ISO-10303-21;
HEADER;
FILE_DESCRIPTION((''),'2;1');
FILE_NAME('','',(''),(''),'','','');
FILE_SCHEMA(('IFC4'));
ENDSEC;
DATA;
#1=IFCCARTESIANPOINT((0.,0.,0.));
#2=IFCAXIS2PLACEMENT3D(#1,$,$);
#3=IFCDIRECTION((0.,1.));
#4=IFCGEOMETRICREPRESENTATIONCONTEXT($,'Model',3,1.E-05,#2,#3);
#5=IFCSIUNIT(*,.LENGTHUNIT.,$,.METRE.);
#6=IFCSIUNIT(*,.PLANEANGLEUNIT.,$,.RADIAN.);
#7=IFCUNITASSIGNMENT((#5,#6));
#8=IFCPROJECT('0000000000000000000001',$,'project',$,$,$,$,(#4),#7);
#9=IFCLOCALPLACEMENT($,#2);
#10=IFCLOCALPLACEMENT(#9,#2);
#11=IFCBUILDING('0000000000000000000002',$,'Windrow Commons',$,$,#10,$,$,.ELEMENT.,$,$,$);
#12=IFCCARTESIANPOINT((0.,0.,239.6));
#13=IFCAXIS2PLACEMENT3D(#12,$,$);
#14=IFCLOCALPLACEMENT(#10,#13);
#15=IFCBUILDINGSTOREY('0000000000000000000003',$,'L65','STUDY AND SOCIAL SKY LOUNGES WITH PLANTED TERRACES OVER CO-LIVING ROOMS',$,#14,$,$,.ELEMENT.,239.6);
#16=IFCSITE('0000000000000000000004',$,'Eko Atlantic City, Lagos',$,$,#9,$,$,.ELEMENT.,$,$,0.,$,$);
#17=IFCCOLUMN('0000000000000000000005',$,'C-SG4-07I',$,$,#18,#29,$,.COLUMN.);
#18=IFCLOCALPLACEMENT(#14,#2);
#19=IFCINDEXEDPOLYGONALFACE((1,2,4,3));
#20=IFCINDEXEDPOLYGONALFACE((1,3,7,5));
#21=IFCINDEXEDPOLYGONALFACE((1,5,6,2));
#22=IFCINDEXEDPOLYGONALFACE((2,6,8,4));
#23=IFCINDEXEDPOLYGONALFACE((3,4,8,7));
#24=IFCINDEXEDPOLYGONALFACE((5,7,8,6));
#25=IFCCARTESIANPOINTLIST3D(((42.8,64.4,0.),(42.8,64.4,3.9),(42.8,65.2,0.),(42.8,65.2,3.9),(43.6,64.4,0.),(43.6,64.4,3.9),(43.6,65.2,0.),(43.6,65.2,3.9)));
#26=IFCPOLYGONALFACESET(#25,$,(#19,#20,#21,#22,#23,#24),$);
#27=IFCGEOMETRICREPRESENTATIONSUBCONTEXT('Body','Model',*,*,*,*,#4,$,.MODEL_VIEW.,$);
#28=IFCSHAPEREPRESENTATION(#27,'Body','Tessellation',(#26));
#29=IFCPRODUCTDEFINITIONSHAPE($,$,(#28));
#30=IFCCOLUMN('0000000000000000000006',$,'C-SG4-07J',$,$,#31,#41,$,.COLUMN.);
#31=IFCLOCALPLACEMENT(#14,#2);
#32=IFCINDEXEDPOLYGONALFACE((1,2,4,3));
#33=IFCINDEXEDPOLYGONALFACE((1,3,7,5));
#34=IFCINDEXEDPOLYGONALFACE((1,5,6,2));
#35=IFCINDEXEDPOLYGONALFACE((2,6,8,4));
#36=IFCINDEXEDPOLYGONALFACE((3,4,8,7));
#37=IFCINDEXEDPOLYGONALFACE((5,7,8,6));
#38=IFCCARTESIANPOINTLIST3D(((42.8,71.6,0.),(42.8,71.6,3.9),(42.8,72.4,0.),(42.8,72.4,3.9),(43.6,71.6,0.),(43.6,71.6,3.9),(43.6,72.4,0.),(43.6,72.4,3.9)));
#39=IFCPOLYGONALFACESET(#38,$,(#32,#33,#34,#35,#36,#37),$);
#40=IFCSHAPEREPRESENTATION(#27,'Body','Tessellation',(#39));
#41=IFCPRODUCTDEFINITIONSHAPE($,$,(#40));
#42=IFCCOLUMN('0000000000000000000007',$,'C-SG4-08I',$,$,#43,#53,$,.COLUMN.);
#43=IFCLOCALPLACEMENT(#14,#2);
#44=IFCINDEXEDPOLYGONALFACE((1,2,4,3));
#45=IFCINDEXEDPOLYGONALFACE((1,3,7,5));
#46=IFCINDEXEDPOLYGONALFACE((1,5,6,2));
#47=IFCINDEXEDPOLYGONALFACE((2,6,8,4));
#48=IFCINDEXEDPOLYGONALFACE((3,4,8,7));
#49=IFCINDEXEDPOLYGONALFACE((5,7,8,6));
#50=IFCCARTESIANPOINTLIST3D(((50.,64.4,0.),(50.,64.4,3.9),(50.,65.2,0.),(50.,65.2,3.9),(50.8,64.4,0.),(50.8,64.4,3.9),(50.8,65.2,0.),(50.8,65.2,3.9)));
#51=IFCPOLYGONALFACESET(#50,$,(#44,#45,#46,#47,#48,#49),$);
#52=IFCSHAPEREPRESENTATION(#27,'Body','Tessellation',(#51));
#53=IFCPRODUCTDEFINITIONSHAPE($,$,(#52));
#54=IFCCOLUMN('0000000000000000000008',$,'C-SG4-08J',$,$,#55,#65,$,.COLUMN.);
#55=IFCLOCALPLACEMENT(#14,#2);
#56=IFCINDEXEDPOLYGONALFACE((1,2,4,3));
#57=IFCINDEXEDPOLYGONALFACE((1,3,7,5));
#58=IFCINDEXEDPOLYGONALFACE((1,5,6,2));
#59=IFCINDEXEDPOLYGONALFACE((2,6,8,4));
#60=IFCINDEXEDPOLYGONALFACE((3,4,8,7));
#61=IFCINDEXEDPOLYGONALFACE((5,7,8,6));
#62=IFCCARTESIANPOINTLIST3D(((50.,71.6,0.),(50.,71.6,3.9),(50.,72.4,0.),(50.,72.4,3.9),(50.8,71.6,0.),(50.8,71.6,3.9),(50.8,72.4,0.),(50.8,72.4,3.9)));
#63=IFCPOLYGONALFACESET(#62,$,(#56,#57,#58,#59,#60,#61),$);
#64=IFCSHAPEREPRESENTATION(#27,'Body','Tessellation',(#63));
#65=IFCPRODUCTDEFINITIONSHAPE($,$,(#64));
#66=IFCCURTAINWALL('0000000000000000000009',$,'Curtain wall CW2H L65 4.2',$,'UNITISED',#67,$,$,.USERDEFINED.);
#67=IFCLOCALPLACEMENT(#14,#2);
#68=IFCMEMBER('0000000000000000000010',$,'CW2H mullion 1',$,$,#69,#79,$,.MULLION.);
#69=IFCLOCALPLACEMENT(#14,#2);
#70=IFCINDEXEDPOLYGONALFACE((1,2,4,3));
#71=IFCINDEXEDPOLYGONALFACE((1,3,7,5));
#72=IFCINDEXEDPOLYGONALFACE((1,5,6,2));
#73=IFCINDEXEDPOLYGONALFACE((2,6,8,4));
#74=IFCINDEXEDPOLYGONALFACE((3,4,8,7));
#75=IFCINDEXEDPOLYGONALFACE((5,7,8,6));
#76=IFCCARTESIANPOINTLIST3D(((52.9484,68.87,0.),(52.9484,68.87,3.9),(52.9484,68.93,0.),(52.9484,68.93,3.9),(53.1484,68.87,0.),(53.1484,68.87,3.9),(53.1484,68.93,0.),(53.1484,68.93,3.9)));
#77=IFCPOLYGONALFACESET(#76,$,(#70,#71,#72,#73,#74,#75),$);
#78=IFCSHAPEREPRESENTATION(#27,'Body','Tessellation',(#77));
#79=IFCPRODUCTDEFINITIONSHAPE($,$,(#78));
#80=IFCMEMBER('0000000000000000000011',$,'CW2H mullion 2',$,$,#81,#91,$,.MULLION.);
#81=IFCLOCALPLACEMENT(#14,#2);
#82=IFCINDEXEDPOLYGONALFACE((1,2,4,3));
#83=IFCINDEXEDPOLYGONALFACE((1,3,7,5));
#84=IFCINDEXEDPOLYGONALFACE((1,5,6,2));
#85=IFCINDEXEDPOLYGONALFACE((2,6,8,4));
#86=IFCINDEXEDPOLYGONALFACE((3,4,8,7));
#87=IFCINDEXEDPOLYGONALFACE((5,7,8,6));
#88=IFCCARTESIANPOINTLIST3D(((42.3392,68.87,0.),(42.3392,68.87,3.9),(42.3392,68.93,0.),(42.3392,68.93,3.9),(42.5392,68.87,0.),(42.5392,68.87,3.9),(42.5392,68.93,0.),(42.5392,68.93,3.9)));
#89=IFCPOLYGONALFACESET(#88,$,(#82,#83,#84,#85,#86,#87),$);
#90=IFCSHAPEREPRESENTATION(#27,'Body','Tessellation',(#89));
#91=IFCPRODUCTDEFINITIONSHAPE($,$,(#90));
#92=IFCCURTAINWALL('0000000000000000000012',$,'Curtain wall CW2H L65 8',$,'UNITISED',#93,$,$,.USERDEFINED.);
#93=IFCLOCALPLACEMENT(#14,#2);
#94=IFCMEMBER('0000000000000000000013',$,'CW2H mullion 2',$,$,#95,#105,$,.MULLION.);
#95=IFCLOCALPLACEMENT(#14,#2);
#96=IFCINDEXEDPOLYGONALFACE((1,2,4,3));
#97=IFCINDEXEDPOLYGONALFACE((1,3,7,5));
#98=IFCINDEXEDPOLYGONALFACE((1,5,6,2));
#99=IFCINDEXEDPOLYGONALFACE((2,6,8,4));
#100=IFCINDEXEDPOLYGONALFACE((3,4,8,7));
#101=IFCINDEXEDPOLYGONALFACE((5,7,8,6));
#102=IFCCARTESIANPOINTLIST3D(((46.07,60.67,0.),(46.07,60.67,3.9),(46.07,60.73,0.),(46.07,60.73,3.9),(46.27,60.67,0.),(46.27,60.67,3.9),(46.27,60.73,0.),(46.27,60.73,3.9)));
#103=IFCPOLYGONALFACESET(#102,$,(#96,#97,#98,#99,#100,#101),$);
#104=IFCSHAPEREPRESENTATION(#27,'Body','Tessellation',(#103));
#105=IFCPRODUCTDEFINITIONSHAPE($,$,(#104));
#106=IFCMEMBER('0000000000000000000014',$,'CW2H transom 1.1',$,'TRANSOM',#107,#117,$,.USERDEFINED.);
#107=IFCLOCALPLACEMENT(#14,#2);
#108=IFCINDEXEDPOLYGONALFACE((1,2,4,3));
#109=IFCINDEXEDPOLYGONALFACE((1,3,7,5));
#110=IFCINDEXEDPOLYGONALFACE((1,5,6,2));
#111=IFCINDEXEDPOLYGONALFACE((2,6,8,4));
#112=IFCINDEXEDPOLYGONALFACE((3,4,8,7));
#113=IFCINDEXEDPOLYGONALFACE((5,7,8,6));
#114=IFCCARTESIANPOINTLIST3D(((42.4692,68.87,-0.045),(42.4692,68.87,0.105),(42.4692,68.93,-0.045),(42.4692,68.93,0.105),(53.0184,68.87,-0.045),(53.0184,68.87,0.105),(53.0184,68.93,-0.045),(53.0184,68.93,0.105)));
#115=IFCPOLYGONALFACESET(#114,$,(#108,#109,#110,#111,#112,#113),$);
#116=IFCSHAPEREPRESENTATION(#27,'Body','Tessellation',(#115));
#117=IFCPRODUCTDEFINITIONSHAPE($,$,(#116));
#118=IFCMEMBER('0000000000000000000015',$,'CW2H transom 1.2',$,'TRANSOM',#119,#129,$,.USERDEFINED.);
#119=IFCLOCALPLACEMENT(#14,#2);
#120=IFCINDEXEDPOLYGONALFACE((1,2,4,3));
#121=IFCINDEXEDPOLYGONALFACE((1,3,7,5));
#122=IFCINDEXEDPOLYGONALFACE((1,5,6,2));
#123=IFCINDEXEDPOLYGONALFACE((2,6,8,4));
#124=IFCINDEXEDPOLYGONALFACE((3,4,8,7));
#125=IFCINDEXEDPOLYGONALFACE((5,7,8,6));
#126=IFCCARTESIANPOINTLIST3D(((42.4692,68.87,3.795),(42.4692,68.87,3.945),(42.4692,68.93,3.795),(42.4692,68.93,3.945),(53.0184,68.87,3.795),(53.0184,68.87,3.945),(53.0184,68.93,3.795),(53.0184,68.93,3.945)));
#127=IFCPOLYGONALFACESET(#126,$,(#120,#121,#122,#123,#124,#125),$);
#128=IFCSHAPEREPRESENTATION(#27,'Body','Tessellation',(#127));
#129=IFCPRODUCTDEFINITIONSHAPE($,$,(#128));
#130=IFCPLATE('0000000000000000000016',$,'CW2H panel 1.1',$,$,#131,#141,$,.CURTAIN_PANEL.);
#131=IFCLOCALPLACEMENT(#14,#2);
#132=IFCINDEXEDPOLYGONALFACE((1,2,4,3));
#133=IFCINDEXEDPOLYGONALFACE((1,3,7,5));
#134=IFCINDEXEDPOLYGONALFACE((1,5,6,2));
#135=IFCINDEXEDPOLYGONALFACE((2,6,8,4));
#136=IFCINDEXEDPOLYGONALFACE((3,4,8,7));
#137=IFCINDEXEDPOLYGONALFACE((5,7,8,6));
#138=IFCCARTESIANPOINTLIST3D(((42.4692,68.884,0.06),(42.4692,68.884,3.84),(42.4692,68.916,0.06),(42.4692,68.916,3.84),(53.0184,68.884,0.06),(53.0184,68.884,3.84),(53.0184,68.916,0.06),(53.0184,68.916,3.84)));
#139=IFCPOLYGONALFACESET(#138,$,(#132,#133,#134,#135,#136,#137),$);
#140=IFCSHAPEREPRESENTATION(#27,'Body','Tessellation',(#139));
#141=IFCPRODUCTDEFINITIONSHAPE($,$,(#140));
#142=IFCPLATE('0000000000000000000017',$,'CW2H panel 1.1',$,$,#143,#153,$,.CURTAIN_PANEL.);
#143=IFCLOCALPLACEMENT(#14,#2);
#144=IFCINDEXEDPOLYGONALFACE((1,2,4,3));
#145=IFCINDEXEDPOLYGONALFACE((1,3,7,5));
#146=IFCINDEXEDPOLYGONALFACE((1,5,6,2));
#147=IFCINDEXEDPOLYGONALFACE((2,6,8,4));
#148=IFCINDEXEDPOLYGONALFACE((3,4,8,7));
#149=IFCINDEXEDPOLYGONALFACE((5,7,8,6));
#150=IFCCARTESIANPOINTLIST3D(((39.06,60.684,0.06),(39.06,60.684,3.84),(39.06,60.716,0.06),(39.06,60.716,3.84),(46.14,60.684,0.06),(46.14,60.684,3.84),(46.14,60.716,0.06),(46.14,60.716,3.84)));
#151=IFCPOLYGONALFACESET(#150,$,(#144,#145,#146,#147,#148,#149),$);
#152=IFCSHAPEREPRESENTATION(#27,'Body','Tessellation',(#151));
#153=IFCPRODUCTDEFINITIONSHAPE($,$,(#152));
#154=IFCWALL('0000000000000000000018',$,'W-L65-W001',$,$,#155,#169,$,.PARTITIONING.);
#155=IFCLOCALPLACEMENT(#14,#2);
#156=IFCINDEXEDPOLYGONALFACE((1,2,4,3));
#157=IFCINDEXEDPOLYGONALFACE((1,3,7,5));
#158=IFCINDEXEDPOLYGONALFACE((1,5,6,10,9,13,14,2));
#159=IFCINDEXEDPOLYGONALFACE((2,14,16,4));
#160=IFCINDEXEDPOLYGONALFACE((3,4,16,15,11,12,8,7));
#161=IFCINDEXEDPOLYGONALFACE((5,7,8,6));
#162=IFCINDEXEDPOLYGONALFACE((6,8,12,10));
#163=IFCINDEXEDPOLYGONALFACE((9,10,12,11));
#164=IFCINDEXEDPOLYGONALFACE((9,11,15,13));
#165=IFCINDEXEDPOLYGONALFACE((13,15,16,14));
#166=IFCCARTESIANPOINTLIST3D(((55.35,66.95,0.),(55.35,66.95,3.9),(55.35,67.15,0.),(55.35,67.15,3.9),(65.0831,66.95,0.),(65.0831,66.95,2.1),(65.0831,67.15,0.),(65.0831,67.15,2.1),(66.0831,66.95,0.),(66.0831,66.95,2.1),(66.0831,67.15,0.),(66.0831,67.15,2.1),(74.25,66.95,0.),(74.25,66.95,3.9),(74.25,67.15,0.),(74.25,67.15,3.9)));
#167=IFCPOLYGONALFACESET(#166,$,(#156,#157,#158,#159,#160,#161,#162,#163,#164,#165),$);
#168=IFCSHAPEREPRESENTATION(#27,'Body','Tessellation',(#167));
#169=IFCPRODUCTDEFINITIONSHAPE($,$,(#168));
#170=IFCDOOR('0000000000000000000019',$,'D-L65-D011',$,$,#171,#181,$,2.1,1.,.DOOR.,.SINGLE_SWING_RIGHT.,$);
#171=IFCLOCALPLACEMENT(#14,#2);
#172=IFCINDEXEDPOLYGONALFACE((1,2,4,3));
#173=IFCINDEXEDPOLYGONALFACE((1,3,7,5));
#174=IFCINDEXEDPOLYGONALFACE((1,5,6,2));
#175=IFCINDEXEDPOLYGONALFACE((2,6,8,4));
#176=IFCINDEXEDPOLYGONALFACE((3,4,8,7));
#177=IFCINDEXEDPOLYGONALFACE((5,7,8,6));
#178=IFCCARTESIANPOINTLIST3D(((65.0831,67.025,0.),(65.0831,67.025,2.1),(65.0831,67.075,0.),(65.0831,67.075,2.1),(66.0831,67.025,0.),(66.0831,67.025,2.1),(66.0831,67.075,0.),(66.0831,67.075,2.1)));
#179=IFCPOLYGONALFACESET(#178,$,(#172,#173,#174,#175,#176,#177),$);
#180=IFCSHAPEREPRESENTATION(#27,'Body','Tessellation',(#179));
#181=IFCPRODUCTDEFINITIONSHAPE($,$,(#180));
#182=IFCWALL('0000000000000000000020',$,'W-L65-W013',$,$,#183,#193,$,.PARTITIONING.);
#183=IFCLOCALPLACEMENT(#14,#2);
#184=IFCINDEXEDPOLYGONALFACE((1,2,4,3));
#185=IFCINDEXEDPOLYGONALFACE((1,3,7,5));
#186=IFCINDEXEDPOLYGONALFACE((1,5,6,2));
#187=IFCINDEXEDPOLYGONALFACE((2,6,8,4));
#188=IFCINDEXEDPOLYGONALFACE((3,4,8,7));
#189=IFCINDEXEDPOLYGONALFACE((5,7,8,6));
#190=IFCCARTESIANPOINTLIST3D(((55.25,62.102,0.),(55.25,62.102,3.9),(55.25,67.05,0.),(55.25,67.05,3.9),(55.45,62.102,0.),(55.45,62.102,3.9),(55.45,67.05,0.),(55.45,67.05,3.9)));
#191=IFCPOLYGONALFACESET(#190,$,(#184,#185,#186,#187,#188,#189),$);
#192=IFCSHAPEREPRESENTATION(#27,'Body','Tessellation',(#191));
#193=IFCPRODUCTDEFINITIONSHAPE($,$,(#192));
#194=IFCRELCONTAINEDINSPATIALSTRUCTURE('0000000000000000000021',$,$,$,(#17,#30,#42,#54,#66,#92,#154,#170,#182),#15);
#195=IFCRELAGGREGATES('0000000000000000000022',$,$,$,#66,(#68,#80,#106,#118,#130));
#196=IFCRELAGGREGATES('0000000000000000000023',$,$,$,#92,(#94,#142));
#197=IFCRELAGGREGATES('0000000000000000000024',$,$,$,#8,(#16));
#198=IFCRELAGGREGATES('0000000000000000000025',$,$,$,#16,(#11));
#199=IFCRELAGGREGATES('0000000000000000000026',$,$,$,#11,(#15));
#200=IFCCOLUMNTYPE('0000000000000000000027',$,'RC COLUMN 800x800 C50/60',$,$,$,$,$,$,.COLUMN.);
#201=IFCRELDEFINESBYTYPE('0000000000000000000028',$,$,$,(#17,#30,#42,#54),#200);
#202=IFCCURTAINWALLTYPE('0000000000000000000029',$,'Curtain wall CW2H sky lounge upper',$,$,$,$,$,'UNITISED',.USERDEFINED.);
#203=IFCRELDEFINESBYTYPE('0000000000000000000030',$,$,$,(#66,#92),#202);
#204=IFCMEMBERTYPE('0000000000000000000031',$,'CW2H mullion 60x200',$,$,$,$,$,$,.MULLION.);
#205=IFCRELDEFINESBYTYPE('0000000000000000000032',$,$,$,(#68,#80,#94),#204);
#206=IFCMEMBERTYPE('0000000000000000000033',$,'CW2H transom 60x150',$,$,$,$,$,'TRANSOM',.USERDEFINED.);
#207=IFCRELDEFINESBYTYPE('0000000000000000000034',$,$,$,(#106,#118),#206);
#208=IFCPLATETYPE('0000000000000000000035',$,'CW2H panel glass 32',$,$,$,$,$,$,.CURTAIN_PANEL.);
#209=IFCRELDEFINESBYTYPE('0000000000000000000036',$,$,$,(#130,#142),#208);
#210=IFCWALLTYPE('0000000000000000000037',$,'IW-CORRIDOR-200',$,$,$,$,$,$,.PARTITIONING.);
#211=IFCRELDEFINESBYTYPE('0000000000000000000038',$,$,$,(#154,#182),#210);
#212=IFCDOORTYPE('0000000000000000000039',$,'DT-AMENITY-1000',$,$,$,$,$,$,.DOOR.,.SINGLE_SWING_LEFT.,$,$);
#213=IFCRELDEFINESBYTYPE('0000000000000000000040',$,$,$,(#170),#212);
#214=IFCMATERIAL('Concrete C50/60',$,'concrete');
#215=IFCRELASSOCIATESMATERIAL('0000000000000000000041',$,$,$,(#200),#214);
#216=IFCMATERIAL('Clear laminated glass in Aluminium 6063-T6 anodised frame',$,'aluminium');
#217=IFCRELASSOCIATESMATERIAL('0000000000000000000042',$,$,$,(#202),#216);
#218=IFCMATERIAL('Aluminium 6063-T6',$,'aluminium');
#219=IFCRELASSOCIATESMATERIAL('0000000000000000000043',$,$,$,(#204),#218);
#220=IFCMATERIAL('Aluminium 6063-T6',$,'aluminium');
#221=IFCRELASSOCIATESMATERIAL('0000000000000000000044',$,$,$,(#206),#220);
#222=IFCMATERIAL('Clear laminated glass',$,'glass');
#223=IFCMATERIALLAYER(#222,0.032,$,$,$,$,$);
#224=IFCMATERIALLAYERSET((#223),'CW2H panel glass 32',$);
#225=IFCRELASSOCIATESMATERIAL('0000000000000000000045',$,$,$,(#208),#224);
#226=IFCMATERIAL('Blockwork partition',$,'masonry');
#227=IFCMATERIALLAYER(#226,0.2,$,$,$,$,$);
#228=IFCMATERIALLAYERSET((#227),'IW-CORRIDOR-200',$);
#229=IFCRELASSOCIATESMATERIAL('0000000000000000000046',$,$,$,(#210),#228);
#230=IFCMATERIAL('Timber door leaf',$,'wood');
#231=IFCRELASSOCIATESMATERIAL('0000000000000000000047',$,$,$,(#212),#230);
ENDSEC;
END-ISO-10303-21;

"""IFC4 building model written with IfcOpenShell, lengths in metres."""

from ifc_helpers import new_model, si_unit, direction, frame, frame_2d, origin, origin_2d, place, context, subcontext, project, spatial, rectangle, extrude, material, layer, layer_set, material_profile, profile_set, type_object, element, fill, aggregate, save


model = new_model("IFC4")

# Units and contexts
model_context = context("Model", 3, precision=1e-05, world=origin(), true_north=direction((0.0, 1.0)))
body_context = subcontext(model_context, "Body", "Model", "MODEL_VIEW")
ifc_project = project(units=[si_unit("LENGTHUNIT", "METRE"), si_unit("PLANEANGLEUNIT", "RADIAN")], contexts=[model_context])

# Site, building, storey
site_placement = place(None, origin())
site = spatial("IfcSite", under=ifc_project, at=site_placement, Name="Eko Atlantic City, Lagos", CompositionType="ELEMENT", RefElevation=0.0)
building_placement = place(site_placement, origin())
building = spatial("IfcBuilding", under=site, at=building_placement, Name="Windrow Commons", CompositionType="ELEMENT")
storey_placement = place(building_placement, frame((0.0, 0.0, 239.6)))
storey = spatial("IfcBuildingStorey", under=building, at=storey_placement, Name="L65", Description="STUDY AND SOCIAL SKY LOUNGES WITH PLANTED TERRACES OVER CO-LIVING ROOMS", CompositionType="ELEMENT", Elevation=239.6)

# Columns
ifc_material_1 = material(Name="Concrete C50/60", Category="concrete")
ifc_material_profile_1 = material_profile(ifc_material_1, rectangle(XDim=0.8, YDim=0.8, at=origin_2d()))
ifc_profile_set_1 = profile_set([ifc_material_profile_1], Name="Concrete C50/60")
column_type = type_object("IfcColumnType", Name="RC COLUMN 800x800 C50/60", PredefinedType="COLUMN", material=ifc_profile_set_1)
for number, where, z_axis, x_axis, name in (
    (1, (43.2, 64.8, 0.0), (0.0, 0.0, 1.0), (1.0, 0.0, 0.0), "C-SG4-07I"),
    (2, (43.2, 72.0, 0.0), (0.0, 0.0, 1.0), (1.0, 0.0, 0.0), "C-SG4-07J"),
    (3, (50.4, 64.8, 0.0), (0.0, 0.0, 1.0), (1.0, 0.0, 0.0), "C-SG4-08I"),
    (4, (50.4, 72.0, 0.0), (0.0, 0.0, 1.0), (1.0, 0.0, 0.0), "C-SG4-08J"),
):
    element("IfcColumn", number, at=place(storey_placement, frame(where, z_axis=z_axis, x_axis=x_axis)), inside=storey, type_object=column_type, Name=name, PredefinedType="COLUMN", context=body_context, shape_type="SweptSolid", body=[
        extrude(rectangle(XDim=0.8, YDim=0.8, at=origin_2d()), origin(), (0.0, 0.0, 1.0), 3.9),
    ])

# Curtain wall, members
ifc_material_2 = material(Name="Clear laminated glass in Aluminium 6063-T6 anodised frame", Category="aluminium")
curtain_wall_type = type_object("IfcCurtainWallType", Name="Curtain wall CW2H sky lounge upper", ElementType="UNITISED", PredefinedType="USERDEFINED", material=ifc_material_2)
placement = place(storey_placement, origin())
curtain_wall_1 = element("IfcCurtainWall", 5, at=placement, inside=storey, type_object=curtain_wall_type, Name="Curtain wall CW2H L65 4.2", ObjectType="UNITISED", PredefinedType="USERDEFINED")
ifc_material_3 = material(Name="Aluminium 6063-T6", Category="aluminium")
ifc_material_profile_2 = material_profile(ifc_material_3, rectangle(XDim=0.06, YDim=0.2, at=origin_2d()))
ifc_profile_set_2 = profile_set([ifc_material_profile_2], Name="Aluminium 6063-T6")
member_type_1 = type_object("IfcMemberType", Name="CW2H mullion 60x200", PredefinedType="MULLION", material=ifc_profile_set_2)
member_1_placement = place(storey_placement, frame((53.0484, 68.9, 0.0), z_axis=(0.0, 0.0, 1.0), x_axis=(0.0, -1.0, 0.0)))
member_1 = element("IfcMember", 6, at=member_1_placement, type_object=member_type_1, Name="CW2H mullion 1", PredefinedType="MULLION", context=body_context, shape_type="SweptSolid", body=[
    extrude(rectangle(XDim=0.06, YDim=0.2, at=origin_2d()), origin(), (0.0, 0.0, 1.0), 3.9),
])
member_2_placement = place(storey_placement, frame((42.4392, 68.9, 0.0), z_axis=(0.0, 0.0, 1.0), x_axis=(0.0, -1.0, 0.0)))
member_2 = element("IfcMember", 7, at=member_2_placement, type_object=member_type_1, Name="CW2H mullion 2", PredefinedType="MULLION", context=body_context, shape_type="SweptSolid", body=[
    extrude(rectangle(XDim=0.06, YDim=0.2, at=origin_2d()), origin(), (0.0, 0.0, 1.0), 3.9),
])

# Curtain wall, member
curtain_wall_2 = element("IfcCurtainWall", 8, at=placement, inside=storey, type_object=curtain_wall_type, Name="Curtain wall CW2H L65 8", ObjectType="UNITISED", PredefinedType="USERDEFINED")
member_3_placement = place(storey_placement, frame((46.17, 60.7, 0.0), z_axis=(0.0, 0.0, 1.0), x_axis=(0.0, 1.0, 0.0)))
member_3 = element("IfcMember", 9, at=member_3_placement, type_object=member_type_1, Name="CW2H mullion 2", PredefinedType="MULLION", context=body_context, shape_type="SweptSolid", body=[
    extrude(rectangle(XDim=0.06, YDim=0.2, at=origin_2d()), origin(), (0.0, 0.0, 1.0), 3.9),
])

# Members
ifc_material_4 = material(Name="Aluminium 6063-T6", Category="aluminium")
ifc_material_profile_3 = material_profile(ifc_material_4, rectangle(XDim=0.06, YDim=0.15, at=origin_2d()))
ifc_profile_set_3 = profile_set([ifc_material_profile_3], Name="Aluminium 6063-T6")
member_type_2 = type_object("IfcMemberType", Name="CW2H transom 60x150", ElementType="TRANSOM", PredefinedType="USERDEFINED", material=ifc_profile_set_3)
member_4_placement = place(storey_placement, frame((53.0184, 68.9, 0.03), z_axis=(-1.0, 0.0, 0.0), x_axis=(0.0, -1.0, 0.0)))
member_4 = element("IfcMember", 10, at=member_4_placement, type_object=member_type_2, Name="CW2H transom 1.1", ObjectType="TRANSOM", PredefinedType="USERDEFINED", context=body_context, shape_type="SweptSolid", body=[
    extrude(rectangle(XDim=0.06, YDim=0.15, at=origin_2d()), origin(), (0.0, 0.0, 1.0), 10.5492),
])
member_5_placement = place(storey_placement, frame((53.0184, 68.9, 3.87), z_axis=(-1.0, 0.0, 0.0), x_axis=(0.0, -1.0, 0.0)))
member_5 = element("IfcMember", 11, at=member_5_placement, type_object=member_type_2, Name="CW2H transom 1.2", ObjectType="TRANSOM", PredefinedType="USERDEFINED", context=body_context, shape_type="SweptSolid", body=[
    extrude(rectangle(XDim=0.06, YDim=0.15, at=origin_2d()), origin(), (0.0, 0.0, 1.0), 10.5492),
])

# Plates
ifc_material_5 = material(Name="Clear laminated glass", Category="glass")
ifc_layer_1 = layer(ifc_material_5, 0.032)
ifc_layer_set_1 = layer_set([ifc_layer_1], Name="CW2H panel glass 32")
plate_type = type_object("IfcPlateType", Name="CW2H panel glass 32", PredefinedType="CURTAIN_PANEL", material=ifc_layer_set_1)
plate_1_placement = place(storey_placement, frame((47.7438, 68.9, 0.06), z_axis=(0.0, 0.0, 1.0), x_axis=(-1.0, 0.0, 0.0)))
plate_1 = element("IfcPlate", 12, at=plate_1_placement, type_object=plate_type, Name="CW2H panel 1.1", PredefinedType="CURTAIN_PANEL", context=body_context, shape_type="SweptSolid", body=[
    extrude(rectangle(XDim=10.5492, YDim=0.032, at=origin_2d()), origin(), (0.0, 0.0, 1.0), 3.78),
])
aggregate(curtain_wall_1, [member_1, member_2, member_4, member_5, plate_1])
plate_2_placement = place(storey_placement, frame((42.6, 60.7, 0.06), z_axis=(0.0, 0.0, 1.0), x_axis=(1.0, 0.0, 0.0)))
plate_2 = element("IfcPlate", 13, at=plate_2_placement, type_object=plate_type, Name="CW2H panel 1.1", PredefinedType="CURTAIN_PANEL", context=body_context, shape_type="SweptSolid", body=[
    extrude(rectangle(XDim=7.08, YDim=0.032, at=origin_2d()), origin(), (0.0, 0.0, 1.0), 3.78),
])
aggregate(curtain_wall_2, [member_3, plate_2])

# Wall, opening, door
ifc_material_6 = material(Name="Blockwork partition", Category="masonry")
ifc_layer_2 = layer(ifc_material_6, 0.2)
ifc_layer_set_2 = layer_set([ifc_layer_2], Name="IW-CORRIDOR-200")
wall_type_1 = type_object("IfcWallType", Name="IW-CORRIDOR-200", PredefinedType="PARTITIONING", material=ifc_layer_set_2)
wall_1_placement = place(storey_placement, frame((55.35, 67.05, 0.0), z_axis=(0.0, 0.0, 1.0), x_axis=(1.0, 0.0, 0.0)))
wall_1 = element("IfcWall", 14, at=wall_1_placement, inside=storey, type_object=wall_type_1, Name="W-L65-W001", PredefinedType="PARTITIONING", context=body_context, shape_type="SweptSolid", body=[
    extrude(rectangle(XDim=18.9, YDim=0.2, at=frame_2d((9.45, 0.0))), origin(), (0.0, 0.0, 1.0), 3.9),
])
opening_placement = place(wall_1_placement, frame((9.7331, 0.0, 0.0)))
opening = element("IfcOpeningElement", 15, at=opening_placement, cuts=wall_1, PredefinedType="OPENING", context=body_context, shape_type="SweptSolid", body=[
    extrude(rectangle(XDim=1.0, YDim=2.1, at=frame_2d((0.5, 1.05))), frame((0.0, 0.11, 0.0), z_axis=(0.0, -1.0, 0.0), x_axis=(1.0, 0.0, 0.0)), (0.0, 0.0, 1.0), 0.22),
])
ifc_material_7 = material(Name="Timber door leaf", Category="wood")
door_type = type_object("IfcDoorType", Name="DT-AMENITY-1000", OperationType="SINGLE_SWING_LEFT", PredefinedType="DOOR", material=ifc_material_7)
door_placement = place(opening_placement, origin())
door = element("IfcDoor", 16, at=door_placement, inside=storey, type_object=door_type, Name="D-L65-D011", OperationType="SINGLE_SWING_RIGHT", OverallHeight=2.1, OverallWidth=1.0, PredefinedType="DOOR", context=body_context, shape_type="SweptSolid", body=[
    extrude(rectangle(XDim=1.0, YDim=2.1, at=frame_2d((0.5, 1.05))), frame((0.0, 0.025, 0.0), z_axis=(0.0, -1.0, 0.0), x_axis=(1.0, 0.0, 0.0)), (0.0, 0.0, 1.0), 0.05),
])
fill(opening, door)

# Wall
wall_2_placement = place(storey_placement, frame((55.35, 62.102, 0.0), z_axis=(0.0, 0.0, 1.0), x_axis=(0.0, 1.0, 0.0)))
element("IfcWall", 17, at=wall_2_placement, inside=storey, type_object=wall_type_1, Name="W-L65-W013", PredefinedType="PARTITIONING", context=body_context, shape_type="SweptSolid", body=[
    extrude(rectangle(XDim=4.948, YDim=0.2, at=frame_2d((2.474, 0.0))), origin(), (0.0, 0.0, 1.0), 3.9),
])

save(model, "model.ifc")
